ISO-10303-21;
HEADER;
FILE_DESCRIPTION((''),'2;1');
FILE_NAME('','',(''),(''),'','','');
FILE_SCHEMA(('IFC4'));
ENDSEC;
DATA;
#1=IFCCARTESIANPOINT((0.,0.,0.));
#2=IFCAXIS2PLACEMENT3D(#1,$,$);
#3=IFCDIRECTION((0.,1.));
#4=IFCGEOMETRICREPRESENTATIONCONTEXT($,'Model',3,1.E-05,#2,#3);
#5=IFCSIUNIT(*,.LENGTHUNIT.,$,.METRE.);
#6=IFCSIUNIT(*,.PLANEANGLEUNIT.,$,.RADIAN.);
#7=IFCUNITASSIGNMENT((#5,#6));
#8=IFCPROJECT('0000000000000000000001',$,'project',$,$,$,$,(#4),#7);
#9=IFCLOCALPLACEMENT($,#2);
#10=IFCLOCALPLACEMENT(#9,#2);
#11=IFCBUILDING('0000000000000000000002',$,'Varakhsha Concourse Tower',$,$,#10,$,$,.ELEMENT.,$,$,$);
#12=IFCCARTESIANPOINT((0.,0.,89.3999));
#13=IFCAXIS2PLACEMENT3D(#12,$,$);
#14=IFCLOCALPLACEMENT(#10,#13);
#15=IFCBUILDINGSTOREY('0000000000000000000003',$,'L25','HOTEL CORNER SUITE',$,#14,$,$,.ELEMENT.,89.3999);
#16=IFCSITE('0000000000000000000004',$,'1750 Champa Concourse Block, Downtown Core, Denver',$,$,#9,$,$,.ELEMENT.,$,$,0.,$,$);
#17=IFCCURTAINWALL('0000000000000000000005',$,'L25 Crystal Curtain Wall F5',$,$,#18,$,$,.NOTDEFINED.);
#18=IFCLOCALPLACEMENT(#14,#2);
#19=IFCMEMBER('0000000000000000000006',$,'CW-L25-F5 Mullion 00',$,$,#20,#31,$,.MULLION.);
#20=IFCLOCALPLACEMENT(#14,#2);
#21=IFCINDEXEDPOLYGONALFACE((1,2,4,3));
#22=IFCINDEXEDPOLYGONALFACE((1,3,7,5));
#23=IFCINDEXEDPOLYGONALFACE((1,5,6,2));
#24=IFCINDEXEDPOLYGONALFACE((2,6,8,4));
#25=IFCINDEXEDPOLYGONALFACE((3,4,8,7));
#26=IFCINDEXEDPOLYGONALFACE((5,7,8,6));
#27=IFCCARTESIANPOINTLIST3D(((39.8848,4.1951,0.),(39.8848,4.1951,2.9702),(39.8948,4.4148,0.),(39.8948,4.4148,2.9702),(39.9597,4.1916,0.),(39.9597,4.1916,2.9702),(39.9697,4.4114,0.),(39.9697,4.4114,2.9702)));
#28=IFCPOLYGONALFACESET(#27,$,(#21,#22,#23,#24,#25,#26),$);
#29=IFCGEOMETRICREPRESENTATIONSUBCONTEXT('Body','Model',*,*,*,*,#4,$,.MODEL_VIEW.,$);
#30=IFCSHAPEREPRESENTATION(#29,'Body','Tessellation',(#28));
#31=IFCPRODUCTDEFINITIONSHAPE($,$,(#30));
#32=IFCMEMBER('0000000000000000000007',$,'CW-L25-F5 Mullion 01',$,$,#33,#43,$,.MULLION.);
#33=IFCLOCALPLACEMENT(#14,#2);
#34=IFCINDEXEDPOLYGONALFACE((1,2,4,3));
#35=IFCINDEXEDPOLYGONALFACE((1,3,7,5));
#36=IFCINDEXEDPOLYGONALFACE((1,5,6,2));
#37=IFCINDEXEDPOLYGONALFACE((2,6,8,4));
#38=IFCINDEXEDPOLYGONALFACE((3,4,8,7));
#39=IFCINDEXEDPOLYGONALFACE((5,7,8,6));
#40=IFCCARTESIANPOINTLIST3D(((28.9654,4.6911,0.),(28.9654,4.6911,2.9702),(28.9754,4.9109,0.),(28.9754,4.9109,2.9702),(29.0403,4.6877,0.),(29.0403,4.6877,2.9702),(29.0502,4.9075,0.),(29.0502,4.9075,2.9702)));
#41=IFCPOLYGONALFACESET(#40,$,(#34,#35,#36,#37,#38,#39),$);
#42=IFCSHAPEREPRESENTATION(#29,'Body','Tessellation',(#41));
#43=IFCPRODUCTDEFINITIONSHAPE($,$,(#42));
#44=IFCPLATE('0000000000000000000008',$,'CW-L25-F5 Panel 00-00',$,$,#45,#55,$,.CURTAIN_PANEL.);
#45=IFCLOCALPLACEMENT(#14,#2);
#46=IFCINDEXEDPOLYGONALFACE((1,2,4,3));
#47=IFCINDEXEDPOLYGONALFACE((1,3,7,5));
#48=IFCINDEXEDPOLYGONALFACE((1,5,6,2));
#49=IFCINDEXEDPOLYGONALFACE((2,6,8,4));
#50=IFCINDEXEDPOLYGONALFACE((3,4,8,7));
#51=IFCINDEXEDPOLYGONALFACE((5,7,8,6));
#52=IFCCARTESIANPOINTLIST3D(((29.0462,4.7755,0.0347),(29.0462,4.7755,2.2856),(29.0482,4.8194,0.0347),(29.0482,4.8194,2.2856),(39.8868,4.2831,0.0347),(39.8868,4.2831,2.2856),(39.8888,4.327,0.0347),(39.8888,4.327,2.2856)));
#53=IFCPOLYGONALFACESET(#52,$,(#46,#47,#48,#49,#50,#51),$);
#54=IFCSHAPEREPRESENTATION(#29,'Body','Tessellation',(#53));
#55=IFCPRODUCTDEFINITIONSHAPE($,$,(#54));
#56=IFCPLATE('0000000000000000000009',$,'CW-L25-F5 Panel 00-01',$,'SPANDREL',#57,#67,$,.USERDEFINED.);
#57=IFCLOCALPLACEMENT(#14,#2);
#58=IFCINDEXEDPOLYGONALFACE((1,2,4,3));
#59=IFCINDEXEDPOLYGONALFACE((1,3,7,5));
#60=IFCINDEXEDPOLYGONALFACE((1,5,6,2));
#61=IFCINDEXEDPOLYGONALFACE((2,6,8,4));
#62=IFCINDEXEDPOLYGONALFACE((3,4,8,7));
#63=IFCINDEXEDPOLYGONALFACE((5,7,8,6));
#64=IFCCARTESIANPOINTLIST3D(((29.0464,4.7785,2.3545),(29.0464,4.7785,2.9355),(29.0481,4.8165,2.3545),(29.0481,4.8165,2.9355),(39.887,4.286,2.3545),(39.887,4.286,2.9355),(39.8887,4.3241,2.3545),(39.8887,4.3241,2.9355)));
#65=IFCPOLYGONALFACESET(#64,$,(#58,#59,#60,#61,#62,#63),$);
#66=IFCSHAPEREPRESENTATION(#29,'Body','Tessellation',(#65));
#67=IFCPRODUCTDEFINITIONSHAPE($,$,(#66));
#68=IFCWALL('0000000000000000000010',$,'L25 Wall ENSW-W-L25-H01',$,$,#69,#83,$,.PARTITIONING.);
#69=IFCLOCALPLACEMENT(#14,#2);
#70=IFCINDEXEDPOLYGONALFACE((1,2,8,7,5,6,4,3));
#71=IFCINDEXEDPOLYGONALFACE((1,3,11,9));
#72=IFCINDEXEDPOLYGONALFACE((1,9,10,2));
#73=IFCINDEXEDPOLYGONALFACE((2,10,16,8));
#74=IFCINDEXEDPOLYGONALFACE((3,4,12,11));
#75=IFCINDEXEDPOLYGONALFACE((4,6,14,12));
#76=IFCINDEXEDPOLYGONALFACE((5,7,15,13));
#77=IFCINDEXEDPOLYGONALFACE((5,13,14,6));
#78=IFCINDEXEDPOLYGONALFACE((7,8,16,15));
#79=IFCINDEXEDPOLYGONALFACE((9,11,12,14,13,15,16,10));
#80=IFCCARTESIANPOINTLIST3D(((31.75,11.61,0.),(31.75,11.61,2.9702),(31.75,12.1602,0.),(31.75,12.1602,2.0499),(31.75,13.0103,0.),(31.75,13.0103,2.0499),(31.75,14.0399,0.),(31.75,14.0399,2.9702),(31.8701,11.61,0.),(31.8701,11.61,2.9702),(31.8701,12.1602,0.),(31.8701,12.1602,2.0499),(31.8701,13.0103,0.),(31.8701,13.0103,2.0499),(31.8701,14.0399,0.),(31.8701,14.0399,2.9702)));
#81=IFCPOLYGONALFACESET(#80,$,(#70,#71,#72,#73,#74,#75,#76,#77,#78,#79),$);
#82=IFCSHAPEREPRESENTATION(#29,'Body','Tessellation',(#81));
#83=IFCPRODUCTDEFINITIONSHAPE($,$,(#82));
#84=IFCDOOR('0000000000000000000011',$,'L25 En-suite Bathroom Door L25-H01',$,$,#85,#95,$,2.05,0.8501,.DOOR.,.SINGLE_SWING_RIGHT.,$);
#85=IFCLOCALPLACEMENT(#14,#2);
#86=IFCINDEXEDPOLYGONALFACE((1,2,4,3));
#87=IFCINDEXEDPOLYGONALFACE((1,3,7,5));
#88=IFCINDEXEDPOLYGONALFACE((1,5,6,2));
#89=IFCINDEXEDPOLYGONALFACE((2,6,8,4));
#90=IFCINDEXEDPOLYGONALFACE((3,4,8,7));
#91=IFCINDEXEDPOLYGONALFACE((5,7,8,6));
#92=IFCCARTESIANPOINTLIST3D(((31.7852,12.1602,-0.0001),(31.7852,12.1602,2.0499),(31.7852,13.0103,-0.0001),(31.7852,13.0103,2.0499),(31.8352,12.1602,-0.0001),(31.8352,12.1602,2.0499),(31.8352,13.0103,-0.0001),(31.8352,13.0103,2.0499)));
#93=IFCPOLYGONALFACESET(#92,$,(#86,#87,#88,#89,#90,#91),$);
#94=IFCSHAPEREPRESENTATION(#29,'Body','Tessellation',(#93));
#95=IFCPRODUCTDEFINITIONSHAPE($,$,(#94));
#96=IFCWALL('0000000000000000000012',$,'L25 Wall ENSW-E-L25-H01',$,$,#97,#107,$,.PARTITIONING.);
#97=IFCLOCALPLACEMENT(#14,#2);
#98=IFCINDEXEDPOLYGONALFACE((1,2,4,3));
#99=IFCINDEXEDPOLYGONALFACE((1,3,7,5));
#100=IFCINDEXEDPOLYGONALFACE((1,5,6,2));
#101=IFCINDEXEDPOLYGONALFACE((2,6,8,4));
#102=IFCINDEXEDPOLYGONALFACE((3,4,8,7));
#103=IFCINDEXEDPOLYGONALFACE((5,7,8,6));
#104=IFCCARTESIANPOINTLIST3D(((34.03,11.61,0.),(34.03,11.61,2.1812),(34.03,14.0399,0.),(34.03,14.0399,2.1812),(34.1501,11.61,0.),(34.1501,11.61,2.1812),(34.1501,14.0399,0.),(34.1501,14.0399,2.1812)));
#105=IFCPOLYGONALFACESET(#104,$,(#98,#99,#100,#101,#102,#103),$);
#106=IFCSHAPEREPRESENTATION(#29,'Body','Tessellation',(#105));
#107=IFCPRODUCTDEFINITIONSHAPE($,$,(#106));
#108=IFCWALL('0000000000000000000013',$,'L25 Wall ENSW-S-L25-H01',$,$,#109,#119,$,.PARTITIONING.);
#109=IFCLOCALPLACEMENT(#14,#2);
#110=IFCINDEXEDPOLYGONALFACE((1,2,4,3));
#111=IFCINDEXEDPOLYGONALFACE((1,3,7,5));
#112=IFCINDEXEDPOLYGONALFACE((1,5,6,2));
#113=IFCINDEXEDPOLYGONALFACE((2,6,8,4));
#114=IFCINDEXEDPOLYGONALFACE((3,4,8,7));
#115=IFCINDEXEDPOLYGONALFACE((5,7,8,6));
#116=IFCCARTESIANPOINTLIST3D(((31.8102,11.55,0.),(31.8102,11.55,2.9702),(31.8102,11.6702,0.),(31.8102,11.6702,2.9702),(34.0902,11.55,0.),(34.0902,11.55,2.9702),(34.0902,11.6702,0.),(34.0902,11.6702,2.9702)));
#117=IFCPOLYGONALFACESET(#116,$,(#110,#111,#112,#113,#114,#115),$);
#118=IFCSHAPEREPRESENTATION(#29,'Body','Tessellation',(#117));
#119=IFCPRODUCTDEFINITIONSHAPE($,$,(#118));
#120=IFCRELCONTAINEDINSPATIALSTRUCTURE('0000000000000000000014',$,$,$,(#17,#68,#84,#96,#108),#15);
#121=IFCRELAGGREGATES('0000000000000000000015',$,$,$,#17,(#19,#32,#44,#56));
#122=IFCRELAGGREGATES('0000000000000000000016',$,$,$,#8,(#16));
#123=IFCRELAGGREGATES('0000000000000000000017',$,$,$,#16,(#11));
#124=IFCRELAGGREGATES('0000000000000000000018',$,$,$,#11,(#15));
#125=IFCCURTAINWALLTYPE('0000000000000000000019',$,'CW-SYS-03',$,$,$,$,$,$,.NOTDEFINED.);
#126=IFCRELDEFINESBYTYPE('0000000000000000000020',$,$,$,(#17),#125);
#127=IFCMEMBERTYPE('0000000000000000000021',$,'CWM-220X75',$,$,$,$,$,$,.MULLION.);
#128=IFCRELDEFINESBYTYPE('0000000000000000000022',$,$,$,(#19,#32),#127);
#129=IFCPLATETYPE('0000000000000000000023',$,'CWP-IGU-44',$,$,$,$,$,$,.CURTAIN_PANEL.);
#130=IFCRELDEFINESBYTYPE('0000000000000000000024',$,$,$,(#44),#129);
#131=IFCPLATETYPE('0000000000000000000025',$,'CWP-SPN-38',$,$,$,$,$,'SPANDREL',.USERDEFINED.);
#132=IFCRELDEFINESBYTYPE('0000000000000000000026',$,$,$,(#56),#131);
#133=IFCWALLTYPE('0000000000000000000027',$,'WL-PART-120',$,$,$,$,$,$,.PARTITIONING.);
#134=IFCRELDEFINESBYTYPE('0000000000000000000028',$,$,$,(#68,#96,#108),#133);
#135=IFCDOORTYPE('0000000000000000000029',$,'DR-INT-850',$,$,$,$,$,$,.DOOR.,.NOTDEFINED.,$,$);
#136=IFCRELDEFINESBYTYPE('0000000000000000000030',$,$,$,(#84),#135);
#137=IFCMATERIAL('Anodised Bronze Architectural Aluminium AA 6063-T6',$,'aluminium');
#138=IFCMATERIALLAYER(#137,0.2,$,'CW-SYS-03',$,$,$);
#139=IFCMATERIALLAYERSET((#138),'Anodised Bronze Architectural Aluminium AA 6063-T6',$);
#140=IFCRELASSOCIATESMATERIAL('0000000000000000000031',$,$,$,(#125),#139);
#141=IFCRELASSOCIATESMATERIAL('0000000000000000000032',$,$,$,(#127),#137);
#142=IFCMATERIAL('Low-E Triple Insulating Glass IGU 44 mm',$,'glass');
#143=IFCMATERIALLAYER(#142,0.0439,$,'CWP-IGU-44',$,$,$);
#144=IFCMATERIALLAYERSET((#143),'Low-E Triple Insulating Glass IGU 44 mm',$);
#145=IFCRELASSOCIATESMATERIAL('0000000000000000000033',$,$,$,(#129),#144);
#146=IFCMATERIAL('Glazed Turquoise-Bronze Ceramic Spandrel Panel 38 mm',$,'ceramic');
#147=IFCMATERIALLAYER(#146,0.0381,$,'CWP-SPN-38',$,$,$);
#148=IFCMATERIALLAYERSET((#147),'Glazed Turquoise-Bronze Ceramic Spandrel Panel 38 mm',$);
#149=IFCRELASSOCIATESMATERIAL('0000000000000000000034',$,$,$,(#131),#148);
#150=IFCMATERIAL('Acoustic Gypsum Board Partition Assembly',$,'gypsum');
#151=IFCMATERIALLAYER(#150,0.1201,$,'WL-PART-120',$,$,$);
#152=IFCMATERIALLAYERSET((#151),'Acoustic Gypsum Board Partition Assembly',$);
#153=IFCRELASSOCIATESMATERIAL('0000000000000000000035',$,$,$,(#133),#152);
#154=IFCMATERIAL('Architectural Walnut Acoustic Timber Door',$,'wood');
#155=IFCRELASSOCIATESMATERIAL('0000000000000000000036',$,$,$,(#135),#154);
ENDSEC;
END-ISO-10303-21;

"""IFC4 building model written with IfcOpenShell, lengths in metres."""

from ifc_helpers import new_model, si_unit, direction, frame, frame_2d, origin, origin_2d, place, context, subcontext, project, spatial, rectangle, extrude, source, transform, mapped, material, layer, layer_set, material_profile, profile_set, type_object, type_shapes, element, fill, aggregate, save


model = new_model("IFC4")

# Units and contexts
model_context = context("Model", 3, precision=1e-05, world=origin(), true_north=direction((0.0, 1.0)))
body_context = subcontext(model_context, "Body", "Model", "MODEL_VIEW")
ifc_project = project(units=[si_unit("LENGTHUNIT", "METRE"), si_unit("PLANEANGLEUNIT", "RADIAN")], contexts=[model_context])

# Site, building, storey
site_placement = place(None, origin())
site = spatial("IfcSite", under=ifc_project, at=site_placement, Name="1750 Champa Concourse Block, Downtown Core, Denver", CompositionType="ELEMENT", RefElevation=0.0)
building_placement = place(site_placement, origin())
building = spatial("IfcBuilding", under=site, at=building_placement, Name="Varakhsha Concourse Tower", CompositionType="ELEMENT")
storey_placement = place(building_placement, frame((0.0, 0.0, 89.3999)))
storey = spatial("IfcBuildingStorey", under=building, at=storey_placement, Name="L25", Description="HOTEL CORNER SUITE", CompositionType="ELEMENT", Elevation=89.3999)

# Curtain wall, members, plates
ifc_material_1 = material(Name="Anodised Bronze Architectural Aluminium AA 6063-T6", Category="aluminium")
ifc_layer_1 = layer(ifc_material_1, 0.2, Name="CW-SYS-03")
ifc_layer_set_1 = layer_set([ifc_layer_1], Name="Anodised Bronze Architectural Aluminium AA 6063-T6")
curtain_wall_type = type_object("IfcCurtainWallType", Name="CW-SYS-03", PredefinedType="NOTDEFINED", material=ifc_layer_set_1)
curtain_wall_placement = place(storey_placement, origin())
curtain_wall = element("IfcCurtainWall", 1, at=curtain_wall_placement, inside=storey, type_object=curtain_wall_type, Name="L25 Crystal Curtain Wall F5", PredefinedType="NOTDEFINED")
ifc_material_profile_1 = material_profile(ifc_material_1, rectangle(XDim=0.075, YDim=0.22, at=origin_2d()), Name="CWM-220X75")
ifc_profile_set_1 = profile_set([ifc_material_profile_1], Name="Anodised Bronze Architectural Aluminium AA 6063-T6")
member_type = type_object("IfcMemberType", Name="CWM-220X75", PredefinedType="MULLION", material=ifc_profile_set_1)
shared_shape_1 = source(origin(), body_context, "Body", "SweptSolid", [
    extrude(rectangle(XDim=0.075, YDim=0.22, at=origin_2d()), origin(), (0.0, 0.0, 1.0), 2.9702),
])
type_shapes(member_type, [shared_shape_1])
member_1_placement = place(storey_placement, frame((39.9272, 4.3032, 0.0), z_axis=(0.0, 0.0, 1.0), x_axis=(-0.99897, 0.04538, 0.0)))
member_1 = element("IfcMember", 2, at=member_1_placement, type_object=member_type, Name="CW-L25-F5 Mullion 00", PredefinedType="MULLION", context=body_context, shape_type="MappedRepresentation", body=[
    mapped(shared_shape_1, transform((0.0, 0.0, 0.0), scale=1.0)),
])
member_2_placement = place(storey_placement, frame((29.0078, 4.7993, 0.0), z_axis=(0.0, 0.0, 1.0), x_axis=(-0.99897, 0.04538, 0.0)))
member_2 = element("IfcMember", 3, at=member_2_placement, type_object=member_type, Name="CW-L25-F5 Mullion 01", PredefinedType="MULLION", context=body_context, shape_type="MappedRepresentation", body=[
    mapped(shared_shape_1, transform((0.0, 0.0, 0.0), scale=1.0)),
])
ifc_material_2 = material(Name="Low-E Triple Insulating Glass IGU 44 mm", Category="glass")
ifc_layer_2 = layer(ifc_material_2, 0.0439, Name="CWP-IGU-44")
ifc_layer_set_2 = layer_set([ifc_layer_2], Name="Low-E Triple Insulating Glass IGU 44 mm")
plate_type_1 = type_object("IfcPlateType", Name="CWP-IGU-44", PredefinedType="CURTAIN_PANEL", material=ifc_layer_set_2)
shared_shape_2 = source(origin(), body_context, "Body", "SweptSolid", [
    extrude(rectangle(XDim=10.8518, YDim=0.0439, at=origin_2d()), origin(), (0.0, 0.0, 1.0), 2.251),
])
type_shapes(plate_type_1, [shared_shape_2])
plate_1_placement = place(storey_placement, frame((34.4675, 4.5513, 0.0347), z_axis=(0.0, 0.0, 1.0), x_axis=(-0.99897, 0.04538, 0.0)))
plate_1 = element("IfcPlate", 4, at=plate_1_placement, type_object=plate_type_1, Name="CW-L25-F5 Panel 00-00", PredefinedType="CURTAIN_PANEL", context=body_context, shape_type="MappedRepresentation", body=[
    mapped(shared_shape_2, transform((0.0, 0.0, 0.0), scale=1.0)),
])
ifc_material_3 = material(Name="Glazed Turquoise-Bronze Ceramic Spandrel Panel 38 mm", Category="ceramic")
ifc_layer_3 = layer(ifc_material_3, 0.0381, Name="CWP-SPN-38")
ifc_layer_set_3 = layer_set([ifc_layer_3], Name="Glazed Turquoise-Bronze Ceramic Spandrel Panel 38 mm")
plate_type_2 = type_object("IfcPlateType", Name="CWP-SPN-38", ElementType="SPANDREL", PredefinedType="USERDEFINED", material=ifc_layer_set_3)
shared_shape_3 = source(origin(), body_context, "Body", "SweptSolid", [
    extrude(rectangle(XDim=10.8518, YDim=0.0381, at=origin_2d()), origin(), (0.0, 0.0, 1.0), 0.5811),
])
type_shapes(plate_type_2, [shared_shape_3])
plate_2_placement = place(storey_placement, frame((34.4675, 4.5513, 2.3545), z_axis=(0.0, 0.0, 1.0), x_axis=(-0.99897, 0.04538, 0.0)))
plate_2 = element("IfcPlate", 5, at=plate_2_placement, type_object=plate_type_2, Name="CW-L25-F5 Panel 00-01", ObjectType="SPANDREL", PredefinedType="USERDEFINED", context=body_context, shape_type="MappedRepresentation", body=[
    mapped(shared_shape_3, transform((0.0, 0.0, 0.0), scale=1.0)),
])
aggregate(curtain_wall, [member_1, member_2, plate_1, plate_2])

# Wall, opening, door
ifc_material_4 = material(Name="Acoustic Gypsum Board Partition Assembly", Category="gypsum")
ifc_layer_4 = layer(ifc_material_4, 0.1201, Name="WL-PART-120")
ifc_layer_set_4 = layer_set([ifc_layer_4], Name="Acoustic Gypsum Board Partition Assembly")
wall_type_1 = type_object("IfcWallType", Name="WL-PART-120", PredefinedType="PARTITIONING", material=ifc_layer_set_4)
wall_1_placement = place(storey_placement, frame((31.8101, 11.6101, 0.0), z_axis=(0.0, 0.0, 1.0), x_axis=(0.0, 1.0, 0.0)))
wall_1 = element("IfcWall", 6, at=wall_1_placement, inside=storey, type_object=wall_type_1, Name="L25 Wall ENSW-W-L25-H01", PredefinedType="PARTITIONING", context=body_context, shape_type="SweptSolid", body=[
    extrude(rectangle(XDim=2.4299, YDim=0.1201, at=frame_2d((1.2148, 0.0))), origin(), (0.0, 0.0, 1.0), 2.9702),
])
opening_1_placement = place(wall_1_placement, frame((0.55, 0.0, 0.0)))
opening_1 = element("IfcOpeningElement", 7, at=opening_1_placement, cuts=wall_1, PredefinedType="OPENING", context=body_context, shape_type="SweptSolid", body=[
    extrude(rectangle(XDim=0.8501, YDim=2.05, at=frame_2d((0.425, 1.0249))), frame((0.0, 0.0701, 0.0), z_axis=(0.0, -1.0, 0.0), x_axis=(1.0, 0.0, 0.0)), (0.0, 0.0, 1.0), 0.1401),
])
ifc_material_5 = material(Name="Architectural Walnut Acoustic Timber Door", Category="wood")
door_type_1 = type_object("IfcDoorType", Name="DR-INT-850", OperationType="NOTDEFINED", PredefinedType="DOOR", material=ifc_material_5)
door_1_placement = place(opening_1_placement, origin())
door_1 = element("IfcDoor", 8, at=door_1_placement, inside=storey, type_object=door_type_1, Name="L25 En-suite Bathroom Door L25-H01", OperationType="SINGLE_SWING_RIGHT", OverallHeight=2.05, OverallWidth=0.8501, PredefinedType="DOOR", context=body_context, shape_type="SweptSolid", body=[
    extrude(rectangle(XDim=0.8501, YDim=2.05, at=frame_2d((0.425, 1.0249))), frame((0.0, 0.0249, 0.0), z_axis=(0.0, -1.0, 0.0), x_axis=(1.0, 0.0, 0.0)), (0.0, 0.0, 1.0), 0.05),
])
fill(opening_1, door_1)

# Walls
wall_2_placement = place(storey_placement, frame((34.0901, 11.6101, 0.0), z_axis=(0.0, 0.0, 1.0), x_axis=(0.0, 1.0, 0.0)))
element("IfcWall", 9, at=wall_2_placement, inside=storey, type_object=wall_type_1, Name="L25 Wall ENSW-E-L25-H01", PredefinedType="PARTITIONING", context=body_context, shape_type="SweptSolid", body=[
    extrude(rectangle(XDim=2.4299, YDim=0.1201, at=frame_2d((1.2148, 0.0))), origin(), (0.0, 0.0, 1.0), 2.1812),
])
wall_3_placement = place(storey_placement, frame((31.8101, 11.6101, 0.0), z_axis=(0.0, 0.0, 1.0), x_axis=(1.0, 0.0, 0.0)))
element("IfcWall", 10, at=wall_3_placement, inside=storey, type_object=wall_type_1, Name="L25 Wall ENSW-S-L25-H01", PredefinedType="PARTITIONING", context=body_context, shape_type="SweptSolid", body=[
    extrude(rectangle(XDim=2.28, YDim=0.1201, at=frame_2d((1.1401, 0.0))), origin(), (0.0, 0.0, 1.0), 2.9702),
])

save(model, "model.ifc")
